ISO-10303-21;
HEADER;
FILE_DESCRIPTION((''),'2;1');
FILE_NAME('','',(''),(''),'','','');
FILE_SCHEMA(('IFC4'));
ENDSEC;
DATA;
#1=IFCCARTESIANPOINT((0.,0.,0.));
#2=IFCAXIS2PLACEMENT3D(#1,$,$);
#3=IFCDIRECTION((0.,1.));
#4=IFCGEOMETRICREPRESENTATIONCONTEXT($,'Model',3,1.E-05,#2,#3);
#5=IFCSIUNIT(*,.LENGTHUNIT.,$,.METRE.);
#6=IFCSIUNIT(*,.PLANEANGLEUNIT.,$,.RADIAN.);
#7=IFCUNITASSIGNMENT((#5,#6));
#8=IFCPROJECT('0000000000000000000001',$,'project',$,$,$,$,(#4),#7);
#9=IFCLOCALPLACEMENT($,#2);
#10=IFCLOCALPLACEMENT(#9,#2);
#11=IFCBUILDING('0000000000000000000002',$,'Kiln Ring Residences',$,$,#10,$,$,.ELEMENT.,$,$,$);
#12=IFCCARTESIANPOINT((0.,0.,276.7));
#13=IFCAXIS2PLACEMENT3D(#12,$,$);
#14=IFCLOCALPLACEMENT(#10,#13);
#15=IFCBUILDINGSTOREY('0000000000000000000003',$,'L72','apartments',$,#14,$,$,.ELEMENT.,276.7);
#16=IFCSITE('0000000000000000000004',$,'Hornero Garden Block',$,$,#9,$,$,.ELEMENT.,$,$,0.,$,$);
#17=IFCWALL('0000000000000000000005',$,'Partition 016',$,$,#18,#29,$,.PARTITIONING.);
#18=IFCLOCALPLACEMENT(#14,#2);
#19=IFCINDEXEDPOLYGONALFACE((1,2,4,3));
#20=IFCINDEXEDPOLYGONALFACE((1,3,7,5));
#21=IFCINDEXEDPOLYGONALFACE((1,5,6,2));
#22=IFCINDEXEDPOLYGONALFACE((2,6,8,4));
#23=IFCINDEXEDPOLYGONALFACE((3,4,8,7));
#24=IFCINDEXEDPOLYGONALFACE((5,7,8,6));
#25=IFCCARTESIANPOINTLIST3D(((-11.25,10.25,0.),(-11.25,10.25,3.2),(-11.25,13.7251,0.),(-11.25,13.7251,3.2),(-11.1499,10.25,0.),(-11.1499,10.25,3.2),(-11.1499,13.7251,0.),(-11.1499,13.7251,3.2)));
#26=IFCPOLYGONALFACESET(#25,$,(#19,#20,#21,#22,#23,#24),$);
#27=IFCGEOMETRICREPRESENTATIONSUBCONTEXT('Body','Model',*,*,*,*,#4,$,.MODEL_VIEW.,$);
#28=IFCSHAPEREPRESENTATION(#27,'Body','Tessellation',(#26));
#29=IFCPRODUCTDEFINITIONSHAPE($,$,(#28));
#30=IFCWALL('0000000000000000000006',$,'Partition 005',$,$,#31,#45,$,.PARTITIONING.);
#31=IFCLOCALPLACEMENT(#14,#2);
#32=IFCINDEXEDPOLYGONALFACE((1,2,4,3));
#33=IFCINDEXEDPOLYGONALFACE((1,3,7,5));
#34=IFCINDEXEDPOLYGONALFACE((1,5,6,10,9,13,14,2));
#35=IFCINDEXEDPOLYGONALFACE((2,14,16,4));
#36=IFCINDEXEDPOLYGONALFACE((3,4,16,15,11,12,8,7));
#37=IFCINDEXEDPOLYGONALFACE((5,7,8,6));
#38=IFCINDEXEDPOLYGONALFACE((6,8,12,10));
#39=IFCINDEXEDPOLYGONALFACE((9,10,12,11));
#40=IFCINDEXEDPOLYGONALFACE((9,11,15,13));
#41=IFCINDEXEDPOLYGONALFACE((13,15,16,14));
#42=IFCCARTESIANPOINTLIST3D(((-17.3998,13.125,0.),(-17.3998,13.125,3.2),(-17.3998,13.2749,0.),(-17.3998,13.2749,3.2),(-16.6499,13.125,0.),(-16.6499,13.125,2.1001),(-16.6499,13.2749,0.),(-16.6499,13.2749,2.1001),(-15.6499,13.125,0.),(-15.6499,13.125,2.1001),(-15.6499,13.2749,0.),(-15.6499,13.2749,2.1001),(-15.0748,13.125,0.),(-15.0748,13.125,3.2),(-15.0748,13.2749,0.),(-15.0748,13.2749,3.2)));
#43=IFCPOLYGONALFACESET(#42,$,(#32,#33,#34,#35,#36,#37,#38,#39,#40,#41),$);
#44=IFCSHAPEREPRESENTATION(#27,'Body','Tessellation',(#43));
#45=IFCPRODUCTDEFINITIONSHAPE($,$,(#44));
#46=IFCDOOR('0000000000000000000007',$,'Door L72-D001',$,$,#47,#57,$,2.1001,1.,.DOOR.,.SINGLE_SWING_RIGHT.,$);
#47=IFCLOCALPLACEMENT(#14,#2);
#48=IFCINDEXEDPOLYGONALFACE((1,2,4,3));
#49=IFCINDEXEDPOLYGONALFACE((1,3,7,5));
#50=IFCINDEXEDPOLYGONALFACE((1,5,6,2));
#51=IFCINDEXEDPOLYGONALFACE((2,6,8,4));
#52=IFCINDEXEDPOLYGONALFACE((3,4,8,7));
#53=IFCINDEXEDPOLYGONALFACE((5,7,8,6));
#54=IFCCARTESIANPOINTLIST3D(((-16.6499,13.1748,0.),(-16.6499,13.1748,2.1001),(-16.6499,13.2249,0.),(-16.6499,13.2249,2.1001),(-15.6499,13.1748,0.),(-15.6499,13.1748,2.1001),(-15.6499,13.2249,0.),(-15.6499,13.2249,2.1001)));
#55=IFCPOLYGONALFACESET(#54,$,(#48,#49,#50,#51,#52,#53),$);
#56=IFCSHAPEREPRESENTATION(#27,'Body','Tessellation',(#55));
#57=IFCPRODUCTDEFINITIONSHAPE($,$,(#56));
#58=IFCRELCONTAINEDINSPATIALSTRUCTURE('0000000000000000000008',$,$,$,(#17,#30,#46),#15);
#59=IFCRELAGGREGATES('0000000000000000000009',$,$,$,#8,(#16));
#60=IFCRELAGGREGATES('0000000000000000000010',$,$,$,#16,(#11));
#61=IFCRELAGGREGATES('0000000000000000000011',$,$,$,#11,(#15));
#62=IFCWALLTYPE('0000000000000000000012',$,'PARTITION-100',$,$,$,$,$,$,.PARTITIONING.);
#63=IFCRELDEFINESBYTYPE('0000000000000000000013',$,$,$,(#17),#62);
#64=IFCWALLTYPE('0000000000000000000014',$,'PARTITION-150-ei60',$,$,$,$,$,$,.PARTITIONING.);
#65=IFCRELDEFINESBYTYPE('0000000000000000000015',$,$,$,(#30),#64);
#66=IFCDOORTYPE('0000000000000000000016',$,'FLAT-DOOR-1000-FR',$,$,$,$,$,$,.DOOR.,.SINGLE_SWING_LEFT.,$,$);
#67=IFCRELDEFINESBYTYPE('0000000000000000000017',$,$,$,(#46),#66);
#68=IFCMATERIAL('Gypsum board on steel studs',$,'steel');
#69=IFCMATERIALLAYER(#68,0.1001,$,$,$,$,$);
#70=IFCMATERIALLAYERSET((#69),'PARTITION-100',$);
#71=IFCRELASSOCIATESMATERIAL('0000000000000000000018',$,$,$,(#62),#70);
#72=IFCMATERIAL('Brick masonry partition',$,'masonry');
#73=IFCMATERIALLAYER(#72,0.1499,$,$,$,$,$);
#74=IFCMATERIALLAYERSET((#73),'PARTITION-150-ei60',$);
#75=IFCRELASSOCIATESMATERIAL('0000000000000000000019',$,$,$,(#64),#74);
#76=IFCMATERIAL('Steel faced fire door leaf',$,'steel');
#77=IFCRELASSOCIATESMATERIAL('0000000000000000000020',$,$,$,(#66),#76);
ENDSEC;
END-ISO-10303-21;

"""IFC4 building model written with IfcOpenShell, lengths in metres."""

from ifc_helpers import new_model, si_unit, direction, frame, frame_2d, origin, place, context, subcontext, project, spatial, rectangle, extrude, material, layer, layer_set, type_object, element, fill, save


model = new_model("IFC4")

# Units and contexts
model_context = context("Model", 3, precision=1e-05, world=origin(), true_north=direction((0.0, 1.0)))
body_context = subcontext(model_context, "Body", "Model", "MODEL_VIEW")
ifc_project = project(units=[si_unit("LENGTHUNIT", "METRE"), si_unit("PLANEANGLEUNIT", "RADIAN")], contexts=[model_context])

# Site, building, storey
site_placement = place(None, origin())
site = spatial("IfcSite", under=ifc_project, at=site_placement, Name="Hornero Garden Block", CompositionType="ELEMENT", RefElevation=0.0)
building_placement = place(site_placement, origin())
building = spatial("IfcBuilding", under=site, at=building_placement, Name="Kiln Ring Residences", CompositionType="ELEMENT")
storey_placement = place(building_placement, frame((0.0, 0.0, 276.7)))
storey = spatial("IfcBuildingStorey", under=building, at=storey_placement, Name="L72", Description="apartments", CompositionType="ELEMENT", Elevation=276.7)

# Shared definitions
ifc_material_1 = material(Name="Gypsum board on steel studs", Category="steel")
ifc_layer_1 = layer(ifc_material_1, 0.1001)
ifc_layer_set_1 = layer_set([ifc_layer_1], Name="PARTITION-100")
wall_type_1 = type_object("IfcWallType", Name="PARTITION-100", PredefinedType="PARTITIONING", material=ifc_layer_set_1)

# Wall
wall_1_placement = place(storey_placement, frame((-11.2, 10.25, 0.0), z_axis=(0.0, 0.0, 1.0), x_axis=(0.0, 1.0, 0.0)))
element("IfcWall", 1, at=wall_1_placement, inside=storey, type_object=wall_type_1, Name="Partition 016", PredefinedType="PARTITIONING", context=body_context, shape_type="SweptSolid", body=[
    extrude(rectangle(XDim=3.4751, YDim=0.1001, at=frame_2d((1.7375, 0.0))), origin(), (0.0, 0.0, 1.0), 3.2),
])

# Wall, opening, door
ifc_material_2 = material(Name="Brick masonry partition", Category="masonry")
ifc_layer_2 = layer(ifc_material_2, 0.1499)
ifc_layer_set_2 = layer_set([ifc_layer_2], Name="PARTITION-150-ei60")
wall_type_2 = type_object("IfcWallType", Name="PARTITION-150-ei60", PredefinedType="PARTITIONING", material=ifc_layer_set_2)
wall_2_placement = place(storey_placement, frame((-17.3999, 13.2, 0.0), z_axis=(0.0, 0.0, 1.0), x_axis=(1.0, 0.0, 0.0)))
wall_2 = element("IfcWall", 2, at=wall_2_placement, inside=storey, type_object=wall_type_2, Name="Partition 005", PredefinedType="PARTITIONING", context=body_context, shape_type="SweptSolid", body=[
    extrude(rectangle(XDim=2.325, YDim=0.1499, at=frame_2d((1.1626, 0.0))), origin(), (0.0, 0.0, 1.0), 3.2),
])
opening_1_placement = place(wall_2_placement, frame((0.75, 0.0, 0.0)))
opening_1 = element("IfcOpeningElement", 3, at=opening_1_placement, cuts=wall_2, PredefinedType="OPENING", context=body_context, shape_type="SweptSolid", body=[
    extrude(rectangle(XDim=1.0, YDim=2.1001, at=frame_2d((0.5, 1.05))), frame((0.0, 0.085, 0.0), z_axis=(0.0, -1.0, 0.0), x_axis=(1.0, 0.0, 0.0)), (0.0, 0.0, 1.0), 0.1699),
])
ifc_material_3 = material(Name="Steel faced fire door leaf", Category="steel")
door_type_1 = type_object("IfcDoorType", Name="FLAT-DOOR-1000-FR", OperationType="SINGLE_SWING_LEFT", PredefinedType="DOOR", material=ifc_material_3)
door_1_placement = place(opening_1_placement, origin())
door_1 = element("IfcDoor", 4, at=door_1_placement, inside=storey, type_object=door_type_1, Name="Door L72-D001", OperationType="SINGLE_SWING_RIGHT", OverallHeight=2.1001, OverallWidth=1.0, PredefinedType="DOOR", context=body_context, shape_type="SweptSolid", body=[
    extrude(rectangle(XDim=1.0, YDim=2.1001, at=frame_2d((0.5, 1.05))), frame((0.0, 0.0249, 0.0), z_axis=(0.0, -1.0, 0.0), x_axis=(1.0, 0.0, 0.0)), (0.0, 0.0, 1.0), 0.05),
])
fill(opening_1, door_1)

save(model, "model.ifc")
